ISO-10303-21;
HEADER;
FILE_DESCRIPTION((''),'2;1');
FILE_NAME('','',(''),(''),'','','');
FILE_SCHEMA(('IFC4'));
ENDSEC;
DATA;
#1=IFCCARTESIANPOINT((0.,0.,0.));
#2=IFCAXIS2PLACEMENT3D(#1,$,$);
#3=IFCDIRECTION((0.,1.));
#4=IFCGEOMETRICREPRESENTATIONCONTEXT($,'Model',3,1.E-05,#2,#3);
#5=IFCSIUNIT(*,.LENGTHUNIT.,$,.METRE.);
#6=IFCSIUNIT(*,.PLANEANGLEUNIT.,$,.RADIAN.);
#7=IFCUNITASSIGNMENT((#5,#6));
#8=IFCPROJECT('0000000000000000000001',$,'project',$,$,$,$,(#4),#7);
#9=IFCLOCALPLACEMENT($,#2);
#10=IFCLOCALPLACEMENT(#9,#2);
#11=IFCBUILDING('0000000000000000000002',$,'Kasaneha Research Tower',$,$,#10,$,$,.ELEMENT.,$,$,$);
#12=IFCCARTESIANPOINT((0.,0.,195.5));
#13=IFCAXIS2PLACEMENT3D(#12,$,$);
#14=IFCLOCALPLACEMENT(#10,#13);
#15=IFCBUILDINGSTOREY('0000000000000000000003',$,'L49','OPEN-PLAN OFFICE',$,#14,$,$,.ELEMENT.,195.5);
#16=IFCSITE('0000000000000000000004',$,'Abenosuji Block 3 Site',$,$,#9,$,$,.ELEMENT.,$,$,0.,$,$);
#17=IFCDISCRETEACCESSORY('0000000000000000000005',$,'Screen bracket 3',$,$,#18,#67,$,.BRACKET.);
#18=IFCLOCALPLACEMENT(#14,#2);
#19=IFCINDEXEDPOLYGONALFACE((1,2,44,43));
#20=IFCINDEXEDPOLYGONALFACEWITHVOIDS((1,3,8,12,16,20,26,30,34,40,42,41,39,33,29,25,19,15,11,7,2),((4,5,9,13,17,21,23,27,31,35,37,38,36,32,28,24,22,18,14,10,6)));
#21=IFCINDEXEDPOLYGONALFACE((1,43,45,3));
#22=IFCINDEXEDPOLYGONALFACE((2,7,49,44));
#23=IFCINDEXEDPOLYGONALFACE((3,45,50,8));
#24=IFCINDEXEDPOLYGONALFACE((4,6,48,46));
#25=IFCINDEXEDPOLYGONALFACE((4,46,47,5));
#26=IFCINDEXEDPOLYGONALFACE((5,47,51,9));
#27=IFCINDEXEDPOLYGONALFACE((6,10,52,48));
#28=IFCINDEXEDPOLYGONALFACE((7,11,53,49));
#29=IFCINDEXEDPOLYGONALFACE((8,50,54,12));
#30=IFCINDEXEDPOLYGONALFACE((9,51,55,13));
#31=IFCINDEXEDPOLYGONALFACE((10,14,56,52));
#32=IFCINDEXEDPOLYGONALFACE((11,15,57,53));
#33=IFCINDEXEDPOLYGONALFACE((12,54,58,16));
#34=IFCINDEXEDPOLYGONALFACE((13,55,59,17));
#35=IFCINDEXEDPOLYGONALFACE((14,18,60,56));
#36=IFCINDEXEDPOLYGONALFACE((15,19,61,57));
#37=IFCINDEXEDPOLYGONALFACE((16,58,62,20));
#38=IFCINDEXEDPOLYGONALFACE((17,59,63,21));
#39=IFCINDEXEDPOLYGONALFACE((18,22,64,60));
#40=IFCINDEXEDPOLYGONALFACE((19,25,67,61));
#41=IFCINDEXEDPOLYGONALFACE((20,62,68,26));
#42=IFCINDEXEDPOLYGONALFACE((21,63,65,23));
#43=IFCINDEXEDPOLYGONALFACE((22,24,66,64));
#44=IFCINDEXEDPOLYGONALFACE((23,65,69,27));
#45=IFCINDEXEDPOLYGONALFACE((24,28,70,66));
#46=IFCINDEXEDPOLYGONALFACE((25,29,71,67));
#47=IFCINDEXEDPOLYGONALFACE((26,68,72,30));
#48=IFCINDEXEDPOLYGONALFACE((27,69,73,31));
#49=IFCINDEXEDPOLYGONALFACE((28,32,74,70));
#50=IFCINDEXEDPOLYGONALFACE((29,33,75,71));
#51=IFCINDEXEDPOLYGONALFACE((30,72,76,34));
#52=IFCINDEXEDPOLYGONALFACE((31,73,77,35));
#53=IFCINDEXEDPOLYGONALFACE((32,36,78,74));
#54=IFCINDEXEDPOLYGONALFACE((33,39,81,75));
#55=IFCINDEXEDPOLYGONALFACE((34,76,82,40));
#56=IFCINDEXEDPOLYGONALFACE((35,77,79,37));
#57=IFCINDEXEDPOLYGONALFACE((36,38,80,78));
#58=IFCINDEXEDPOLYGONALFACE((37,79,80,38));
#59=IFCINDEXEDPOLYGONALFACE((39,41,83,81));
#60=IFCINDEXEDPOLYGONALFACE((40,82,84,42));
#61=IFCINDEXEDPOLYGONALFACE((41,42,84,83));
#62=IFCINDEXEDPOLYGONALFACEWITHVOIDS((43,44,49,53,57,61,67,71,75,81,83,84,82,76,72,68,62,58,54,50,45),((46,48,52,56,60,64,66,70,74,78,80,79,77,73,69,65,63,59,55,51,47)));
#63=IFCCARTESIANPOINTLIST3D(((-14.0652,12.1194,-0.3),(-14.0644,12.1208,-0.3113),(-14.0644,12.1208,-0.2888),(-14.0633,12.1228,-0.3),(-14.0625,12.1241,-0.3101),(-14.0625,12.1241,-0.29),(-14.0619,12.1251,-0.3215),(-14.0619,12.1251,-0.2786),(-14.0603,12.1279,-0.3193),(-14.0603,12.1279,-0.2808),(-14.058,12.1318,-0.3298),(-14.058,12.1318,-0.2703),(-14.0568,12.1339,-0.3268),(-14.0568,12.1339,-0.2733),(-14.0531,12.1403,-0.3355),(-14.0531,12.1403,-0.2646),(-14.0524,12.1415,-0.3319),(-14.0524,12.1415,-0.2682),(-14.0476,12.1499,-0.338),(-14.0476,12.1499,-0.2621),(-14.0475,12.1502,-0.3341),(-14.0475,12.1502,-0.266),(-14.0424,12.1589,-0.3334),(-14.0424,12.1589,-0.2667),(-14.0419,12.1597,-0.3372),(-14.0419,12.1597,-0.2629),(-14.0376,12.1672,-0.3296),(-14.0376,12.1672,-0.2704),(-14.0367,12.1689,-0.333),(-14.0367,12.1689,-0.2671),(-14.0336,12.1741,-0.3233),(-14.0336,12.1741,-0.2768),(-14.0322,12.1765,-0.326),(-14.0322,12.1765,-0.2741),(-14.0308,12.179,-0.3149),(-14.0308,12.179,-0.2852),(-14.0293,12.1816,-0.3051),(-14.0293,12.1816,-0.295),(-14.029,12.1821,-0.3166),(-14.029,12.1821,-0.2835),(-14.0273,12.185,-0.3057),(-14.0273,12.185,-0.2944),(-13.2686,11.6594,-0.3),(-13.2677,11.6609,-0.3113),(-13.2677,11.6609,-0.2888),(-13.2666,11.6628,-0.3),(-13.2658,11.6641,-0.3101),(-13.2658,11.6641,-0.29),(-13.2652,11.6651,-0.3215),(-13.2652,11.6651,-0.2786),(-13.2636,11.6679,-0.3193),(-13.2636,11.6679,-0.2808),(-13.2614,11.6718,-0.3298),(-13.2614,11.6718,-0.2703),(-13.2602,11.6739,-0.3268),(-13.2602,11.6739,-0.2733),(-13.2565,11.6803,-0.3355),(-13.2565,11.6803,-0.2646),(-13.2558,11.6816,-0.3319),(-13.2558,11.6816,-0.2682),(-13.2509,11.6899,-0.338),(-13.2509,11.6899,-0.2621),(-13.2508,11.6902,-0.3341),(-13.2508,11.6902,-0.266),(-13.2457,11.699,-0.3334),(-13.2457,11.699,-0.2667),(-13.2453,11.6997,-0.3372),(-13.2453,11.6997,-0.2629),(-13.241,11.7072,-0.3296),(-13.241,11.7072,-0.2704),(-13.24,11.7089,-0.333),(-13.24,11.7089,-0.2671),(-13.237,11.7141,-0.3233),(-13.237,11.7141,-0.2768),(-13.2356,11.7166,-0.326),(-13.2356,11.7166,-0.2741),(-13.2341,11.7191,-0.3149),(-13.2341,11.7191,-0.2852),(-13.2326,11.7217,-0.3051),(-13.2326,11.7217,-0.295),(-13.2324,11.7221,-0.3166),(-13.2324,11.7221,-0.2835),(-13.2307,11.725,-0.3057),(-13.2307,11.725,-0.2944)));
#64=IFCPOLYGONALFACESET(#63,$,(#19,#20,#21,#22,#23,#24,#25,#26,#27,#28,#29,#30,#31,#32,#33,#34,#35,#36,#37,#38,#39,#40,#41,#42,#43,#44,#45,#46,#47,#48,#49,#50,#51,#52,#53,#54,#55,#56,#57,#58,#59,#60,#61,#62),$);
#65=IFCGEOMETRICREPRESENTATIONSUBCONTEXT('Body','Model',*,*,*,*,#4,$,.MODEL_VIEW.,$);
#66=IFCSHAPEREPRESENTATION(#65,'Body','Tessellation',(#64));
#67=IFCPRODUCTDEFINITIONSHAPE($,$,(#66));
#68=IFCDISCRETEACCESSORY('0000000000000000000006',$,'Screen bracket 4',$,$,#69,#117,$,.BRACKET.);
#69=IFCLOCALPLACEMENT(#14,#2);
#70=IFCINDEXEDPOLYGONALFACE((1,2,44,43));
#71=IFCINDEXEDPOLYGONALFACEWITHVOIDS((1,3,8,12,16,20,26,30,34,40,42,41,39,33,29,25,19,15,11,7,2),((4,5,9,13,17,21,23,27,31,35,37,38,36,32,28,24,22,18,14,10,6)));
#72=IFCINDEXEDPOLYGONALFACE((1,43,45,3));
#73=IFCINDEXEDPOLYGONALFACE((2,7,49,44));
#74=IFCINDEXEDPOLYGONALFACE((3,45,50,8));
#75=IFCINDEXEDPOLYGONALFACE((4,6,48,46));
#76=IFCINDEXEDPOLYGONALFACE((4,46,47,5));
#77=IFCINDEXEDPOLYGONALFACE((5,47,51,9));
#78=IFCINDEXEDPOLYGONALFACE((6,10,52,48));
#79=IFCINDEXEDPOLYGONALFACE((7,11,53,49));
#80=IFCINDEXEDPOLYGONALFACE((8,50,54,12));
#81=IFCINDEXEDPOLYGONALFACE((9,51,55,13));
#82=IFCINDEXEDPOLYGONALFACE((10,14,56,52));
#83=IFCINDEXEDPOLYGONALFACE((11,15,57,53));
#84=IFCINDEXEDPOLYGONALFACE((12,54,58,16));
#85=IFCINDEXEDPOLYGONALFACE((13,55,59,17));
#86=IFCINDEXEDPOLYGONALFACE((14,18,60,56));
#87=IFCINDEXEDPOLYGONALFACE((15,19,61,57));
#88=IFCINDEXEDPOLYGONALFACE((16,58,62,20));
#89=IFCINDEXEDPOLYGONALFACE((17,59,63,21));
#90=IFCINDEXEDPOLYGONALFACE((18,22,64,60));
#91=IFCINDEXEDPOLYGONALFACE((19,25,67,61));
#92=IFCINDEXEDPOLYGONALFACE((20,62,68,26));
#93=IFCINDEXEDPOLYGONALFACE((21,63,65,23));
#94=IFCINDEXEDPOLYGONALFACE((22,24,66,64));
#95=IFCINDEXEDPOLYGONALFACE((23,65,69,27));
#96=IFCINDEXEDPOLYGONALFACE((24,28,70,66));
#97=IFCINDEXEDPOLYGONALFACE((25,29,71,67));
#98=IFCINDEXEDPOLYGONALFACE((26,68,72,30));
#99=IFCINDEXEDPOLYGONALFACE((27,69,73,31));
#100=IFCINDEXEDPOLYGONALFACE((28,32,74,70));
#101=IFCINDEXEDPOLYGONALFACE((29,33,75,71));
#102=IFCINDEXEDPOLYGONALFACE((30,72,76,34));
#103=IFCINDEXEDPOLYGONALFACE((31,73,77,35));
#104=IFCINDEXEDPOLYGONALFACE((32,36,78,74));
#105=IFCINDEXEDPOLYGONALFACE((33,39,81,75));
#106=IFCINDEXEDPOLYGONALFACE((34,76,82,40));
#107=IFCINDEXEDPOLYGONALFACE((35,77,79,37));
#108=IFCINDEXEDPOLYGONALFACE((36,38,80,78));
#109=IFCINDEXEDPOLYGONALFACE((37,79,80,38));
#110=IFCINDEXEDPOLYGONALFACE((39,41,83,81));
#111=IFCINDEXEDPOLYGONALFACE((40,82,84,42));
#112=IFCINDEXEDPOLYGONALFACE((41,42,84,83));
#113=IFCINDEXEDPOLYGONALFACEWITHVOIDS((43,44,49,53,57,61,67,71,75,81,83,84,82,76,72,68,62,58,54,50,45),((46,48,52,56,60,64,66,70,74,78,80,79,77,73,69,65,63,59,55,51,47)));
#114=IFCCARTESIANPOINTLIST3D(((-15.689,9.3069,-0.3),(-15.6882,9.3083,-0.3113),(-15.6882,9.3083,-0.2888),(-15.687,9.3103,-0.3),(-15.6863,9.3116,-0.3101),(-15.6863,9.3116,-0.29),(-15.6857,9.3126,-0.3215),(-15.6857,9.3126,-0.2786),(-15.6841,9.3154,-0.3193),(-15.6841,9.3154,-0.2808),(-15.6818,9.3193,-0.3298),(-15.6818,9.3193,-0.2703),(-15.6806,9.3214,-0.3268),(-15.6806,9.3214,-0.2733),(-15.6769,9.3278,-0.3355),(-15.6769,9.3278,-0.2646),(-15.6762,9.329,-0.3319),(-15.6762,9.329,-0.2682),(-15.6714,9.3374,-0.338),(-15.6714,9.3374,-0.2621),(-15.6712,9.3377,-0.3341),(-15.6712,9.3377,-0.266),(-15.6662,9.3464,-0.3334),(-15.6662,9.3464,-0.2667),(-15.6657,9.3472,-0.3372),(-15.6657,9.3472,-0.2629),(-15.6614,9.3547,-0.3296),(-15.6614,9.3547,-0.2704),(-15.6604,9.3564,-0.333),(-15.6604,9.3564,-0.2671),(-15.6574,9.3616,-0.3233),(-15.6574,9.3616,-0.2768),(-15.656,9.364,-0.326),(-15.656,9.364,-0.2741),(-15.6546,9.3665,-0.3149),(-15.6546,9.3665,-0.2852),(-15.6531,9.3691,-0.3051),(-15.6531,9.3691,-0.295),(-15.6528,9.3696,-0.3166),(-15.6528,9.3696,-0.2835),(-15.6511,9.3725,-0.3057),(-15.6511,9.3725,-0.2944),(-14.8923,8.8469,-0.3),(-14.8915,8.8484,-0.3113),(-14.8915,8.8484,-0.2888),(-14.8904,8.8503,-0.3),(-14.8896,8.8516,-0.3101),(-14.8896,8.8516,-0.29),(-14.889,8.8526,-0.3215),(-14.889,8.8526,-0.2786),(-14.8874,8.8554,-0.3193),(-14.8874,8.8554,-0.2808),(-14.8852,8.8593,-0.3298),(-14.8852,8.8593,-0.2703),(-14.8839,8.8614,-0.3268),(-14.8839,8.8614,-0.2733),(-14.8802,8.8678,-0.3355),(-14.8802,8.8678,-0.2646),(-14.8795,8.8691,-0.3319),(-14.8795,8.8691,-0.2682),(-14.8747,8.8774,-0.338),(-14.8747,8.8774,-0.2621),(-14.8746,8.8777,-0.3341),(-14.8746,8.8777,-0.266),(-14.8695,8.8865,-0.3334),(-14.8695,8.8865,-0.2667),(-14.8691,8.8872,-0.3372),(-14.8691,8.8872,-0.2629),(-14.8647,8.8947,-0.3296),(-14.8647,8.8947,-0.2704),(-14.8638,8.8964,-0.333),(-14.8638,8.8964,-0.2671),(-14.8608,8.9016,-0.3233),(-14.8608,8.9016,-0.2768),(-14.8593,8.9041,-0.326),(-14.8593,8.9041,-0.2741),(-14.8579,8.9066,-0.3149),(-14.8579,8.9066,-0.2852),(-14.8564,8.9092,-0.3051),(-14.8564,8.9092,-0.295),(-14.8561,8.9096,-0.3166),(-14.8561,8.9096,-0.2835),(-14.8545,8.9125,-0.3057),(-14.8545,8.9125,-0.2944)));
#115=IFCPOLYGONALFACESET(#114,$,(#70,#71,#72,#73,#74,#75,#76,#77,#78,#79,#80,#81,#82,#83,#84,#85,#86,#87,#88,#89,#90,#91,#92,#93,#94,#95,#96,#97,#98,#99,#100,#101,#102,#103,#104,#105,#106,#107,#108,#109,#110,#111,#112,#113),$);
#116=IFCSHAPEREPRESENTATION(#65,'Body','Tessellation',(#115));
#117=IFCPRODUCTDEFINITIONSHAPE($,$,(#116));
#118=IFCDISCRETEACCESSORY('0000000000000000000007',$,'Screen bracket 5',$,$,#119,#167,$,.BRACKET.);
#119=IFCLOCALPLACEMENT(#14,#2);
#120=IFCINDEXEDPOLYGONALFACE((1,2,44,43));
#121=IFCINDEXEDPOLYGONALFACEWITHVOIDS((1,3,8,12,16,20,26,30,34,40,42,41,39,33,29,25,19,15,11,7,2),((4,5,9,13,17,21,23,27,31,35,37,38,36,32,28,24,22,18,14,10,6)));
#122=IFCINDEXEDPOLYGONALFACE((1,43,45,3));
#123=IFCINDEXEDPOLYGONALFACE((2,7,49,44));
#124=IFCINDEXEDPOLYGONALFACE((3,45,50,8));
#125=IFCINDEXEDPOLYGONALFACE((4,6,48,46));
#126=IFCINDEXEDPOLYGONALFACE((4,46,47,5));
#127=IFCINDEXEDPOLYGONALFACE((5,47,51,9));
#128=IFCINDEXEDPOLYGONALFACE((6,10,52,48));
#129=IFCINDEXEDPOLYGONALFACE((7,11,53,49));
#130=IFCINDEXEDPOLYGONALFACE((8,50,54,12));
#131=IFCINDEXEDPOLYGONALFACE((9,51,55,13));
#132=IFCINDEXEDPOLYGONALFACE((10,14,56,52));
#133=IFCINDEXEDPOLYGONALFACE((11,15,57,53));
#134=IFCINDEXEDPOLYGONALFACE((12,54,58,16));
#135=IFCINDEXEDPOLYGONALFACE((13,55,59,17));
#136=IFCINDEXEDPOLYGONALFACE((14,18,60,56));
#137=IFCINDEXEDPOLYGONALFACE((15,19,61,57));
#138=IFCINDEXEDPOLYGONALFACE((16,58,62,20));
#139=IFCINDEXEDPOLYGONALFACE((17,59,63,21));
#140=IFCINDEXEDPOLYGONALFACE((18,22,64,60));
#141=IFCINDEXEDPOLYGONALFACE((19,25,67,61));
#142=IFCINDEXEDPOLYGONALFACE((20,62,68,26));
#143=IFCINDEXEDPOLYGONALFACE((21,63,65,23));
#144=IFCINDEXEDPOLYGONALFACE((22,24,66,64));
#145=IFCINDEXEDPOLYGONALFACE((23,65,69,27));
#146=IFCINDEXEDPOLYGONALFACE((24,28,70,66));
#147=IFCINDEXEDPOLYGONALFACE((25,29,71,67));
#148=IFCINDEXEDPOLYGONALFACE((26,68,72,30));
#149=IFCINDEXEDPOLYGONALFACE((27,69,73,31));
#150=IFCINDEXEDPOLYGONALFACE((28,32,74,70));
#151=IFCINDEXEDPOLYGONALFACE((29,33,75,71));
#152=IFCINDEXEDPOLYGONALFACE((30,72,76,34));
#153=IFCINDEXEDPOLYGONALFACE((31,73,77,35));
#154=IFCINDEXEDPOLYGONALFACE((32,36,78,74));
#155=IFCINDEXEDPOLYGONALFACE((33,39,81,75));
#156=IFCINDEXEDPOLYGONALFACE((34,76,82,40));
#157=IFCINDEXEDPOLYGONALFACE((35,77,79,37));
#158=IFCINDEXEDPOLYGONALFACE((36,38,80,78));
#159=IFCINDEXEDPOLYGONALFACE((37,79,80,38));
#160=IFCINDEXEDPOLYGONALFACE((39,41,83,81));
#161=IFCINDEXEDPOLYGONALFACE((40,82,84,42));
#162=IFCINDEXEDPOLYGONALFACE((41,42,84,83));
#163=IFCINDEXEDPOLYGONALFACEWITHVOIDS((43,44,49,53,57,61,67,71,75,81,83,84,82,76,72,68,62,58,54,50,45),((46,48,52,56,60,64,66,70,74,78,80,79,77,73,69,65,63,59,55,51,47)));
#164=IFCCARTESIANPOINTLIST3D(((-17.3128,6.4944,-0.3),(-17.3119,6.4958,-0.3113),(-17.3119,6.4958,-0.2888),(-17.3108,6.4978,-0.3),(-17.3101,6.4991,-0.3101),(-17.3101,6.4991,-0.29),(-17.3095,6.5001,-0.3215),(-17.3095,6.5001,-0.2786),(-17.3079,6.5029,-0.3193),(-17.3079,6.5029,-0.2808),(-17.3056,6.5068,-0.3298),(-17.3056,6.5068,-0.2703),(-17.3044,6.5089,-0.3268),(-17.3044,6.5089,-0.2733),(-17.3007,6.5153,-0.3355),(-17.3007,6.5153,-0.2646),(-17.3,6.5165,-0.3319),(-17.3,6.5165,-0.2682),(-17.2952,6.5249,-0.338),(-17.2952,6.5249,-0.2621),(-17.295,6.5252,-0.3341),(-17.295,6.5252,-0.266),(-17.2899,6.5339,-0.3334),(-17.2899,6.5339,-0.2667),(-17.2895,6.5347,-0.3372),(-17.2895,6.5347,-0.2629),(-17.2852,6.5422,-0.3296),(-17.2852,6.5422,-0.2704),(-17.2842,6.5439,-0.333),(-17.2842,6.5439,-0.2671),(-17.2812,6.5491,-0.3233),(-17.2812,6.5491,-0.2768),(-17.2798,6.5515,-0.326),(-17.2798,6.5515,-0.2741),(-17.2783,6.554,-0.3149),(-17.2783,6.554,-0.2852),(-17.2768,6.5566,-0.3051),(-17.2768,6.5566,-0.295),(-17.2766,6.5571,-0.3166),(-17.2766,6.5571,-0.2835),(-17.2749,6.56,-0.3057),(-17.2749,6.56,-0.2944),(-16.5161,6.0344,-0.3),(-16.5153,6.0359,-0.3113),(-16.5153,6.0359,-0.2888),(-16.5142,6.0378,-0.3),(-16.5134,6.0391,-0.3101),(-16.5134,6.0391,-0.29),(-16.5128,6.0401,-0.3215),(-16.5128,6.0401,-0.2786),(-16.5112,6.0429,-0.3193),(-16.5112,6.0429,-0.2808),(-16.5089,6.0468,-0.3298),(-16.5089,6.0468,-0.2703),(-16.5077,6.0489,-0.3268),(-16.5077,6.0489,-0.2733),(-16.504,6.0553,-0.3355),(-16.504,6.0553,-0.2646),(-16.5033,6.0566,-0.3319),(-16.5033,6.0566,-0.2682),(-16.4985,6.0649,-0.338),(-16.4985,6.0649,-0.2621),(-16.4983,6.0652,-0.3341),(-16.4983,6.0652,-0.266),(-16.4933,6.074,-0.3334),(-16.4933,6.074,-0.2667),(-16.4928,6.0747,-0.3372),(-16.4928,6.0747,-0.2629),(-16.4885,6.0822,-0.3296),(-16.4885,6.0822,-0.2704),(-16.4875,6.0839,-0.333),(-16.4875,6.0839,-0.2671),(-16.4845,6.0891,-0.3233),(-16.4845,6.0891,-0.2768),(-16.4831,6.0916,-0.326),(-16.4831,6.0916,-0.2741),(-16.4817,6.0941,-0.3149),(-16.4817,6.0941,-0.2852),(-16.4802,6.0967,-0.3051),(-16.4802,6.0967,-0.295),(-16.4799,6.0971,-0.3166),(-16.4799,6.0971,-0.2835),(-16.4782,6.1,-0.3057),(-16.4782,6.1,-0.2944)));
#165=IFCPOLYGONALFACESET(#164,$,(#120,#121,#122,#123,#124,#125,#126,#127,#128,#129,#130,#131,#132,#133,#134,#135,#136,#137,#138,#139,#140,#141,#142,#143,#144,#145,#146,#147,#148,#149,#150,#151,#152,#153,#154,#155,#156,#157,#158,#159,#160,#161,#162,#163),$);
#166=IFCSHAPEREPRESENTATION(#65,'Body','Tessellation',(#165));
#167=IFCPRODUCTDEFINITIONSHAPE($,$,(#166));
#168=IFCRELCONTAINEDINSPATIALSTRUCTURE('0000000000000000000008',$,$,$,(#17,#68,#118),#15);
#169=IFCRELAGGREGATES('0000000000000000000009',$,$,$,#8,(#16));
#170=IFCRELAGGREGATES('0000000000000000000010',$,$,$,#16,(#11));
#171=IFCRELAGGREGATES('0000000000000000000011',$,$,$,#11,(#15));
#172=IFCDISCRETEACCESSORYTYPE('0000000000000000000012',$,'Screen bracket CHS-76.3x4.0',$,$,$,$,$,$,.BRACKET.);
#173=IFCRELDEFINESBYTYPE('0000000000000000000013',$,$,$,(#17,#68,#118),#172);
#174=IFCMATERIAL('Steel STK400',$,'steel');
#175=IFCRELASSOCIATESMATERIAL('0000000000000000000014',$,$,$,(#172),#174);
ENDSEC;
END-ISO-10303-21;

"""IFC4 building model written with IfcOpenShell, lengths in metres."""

from ifc_helpers import new_model, si_unit, direction, frame, origin, origin_2d, place, context, subcontext, project, spatial, hollow_circle, extrude, material, material_profile, profile_set, type_object, element, save


model = new_model("IFC4")

# Units and contexts
model_context = context("Model", 3, precision=1e-05, world=origin(), true_north=direction((0.0, 1.0)))
body_context = subcontext(model_context, "Body", "Model", "MODEL_VIEW")
ifc_project = project(units=[si_unit("LENGTHUNIT", "METRE"), si_unit("PLANEANGLEUNIT", "RADIAN")], contexts=[model_context])

# Site, building, storey
site_placement = place(None, origin())
site = spatial("IfcSite", under=ifc_project, at=site_placement, Name="Abenosuji Block 3 Site", CompositionType="ELEMENT", RefElevation=0.0)
building_placement = place(site_placement, origin())
building = spatial("IfcBuilding", under=site, at=building_placement, Name="Kasaneha Research Tower", CompositionType="ELEMENT")
storey_placement = place(building_placement, frame((0.0, 0.0, 195.5)))
storey = spatial("IfcBuildingStorey", under=building, at=storey_placement, Name="L49", Description="OPEN-PLAN OFFICE", CompositionType="ELEMENT", Elevation=195.5)

# Discrete accessories
ifc_material_1 = material(Name="Steel STK400", Category="steel")
ifc_material_profile_1 = material_profile(ifc_material_1, hollow_circle(Radius=0.0381, WallThickness=0.0039, at=origin_2d()), Name="CHS-76.3x4.0")
ifc_profile_set_1 = profile_set([ifc_material_profile_1], Name="Steel STK400")
discrete_accessory_type = type_object("IfcDiscreteAccessoryType", Name="Screen bracket CHS-76.3x4.0", PredefinedType="BRACKET", material=ifc_profile_set_1)
for number, where, z_axis, x_axis, name in (
    (1, (-13.2495, 11.6924, -0.3), (-0.866013, 0.500021, 0.0), (-0.500021, -0.866013, 0.0), "Screen bracket 3"),
    (2, (-14.8733, 8.8799, -0.3), (-0.866013, 0.500021, 0.0), (-0.500021, -0.866013, 0.0), "Screen bracket 4"),
    (3, (-16.4971, 6.0674, -0.3), (-0.866013, 0.500021, 0.0), (-0.500021, -0.866013, 0.0), "Screen bracket 5"),
):
    element("IfcDiscreteAccessory", number, at=place(storey_placement, frame(where, z_axis=z_axis, x_axis=x_axis)), inside=storey, type_object=discrete_accessory_type, Name=name, PredefinedType="BRACKET", context=body_context, shape_type="SweptSolid", body=[
        extrude(hollow_circle(Radius=0.0381, WallThickness=0.0039, at=origin_2d()), origin(), (0.0, 0.0, 1.0), 0.9199),
    ])

save(model, "model.ifc")
